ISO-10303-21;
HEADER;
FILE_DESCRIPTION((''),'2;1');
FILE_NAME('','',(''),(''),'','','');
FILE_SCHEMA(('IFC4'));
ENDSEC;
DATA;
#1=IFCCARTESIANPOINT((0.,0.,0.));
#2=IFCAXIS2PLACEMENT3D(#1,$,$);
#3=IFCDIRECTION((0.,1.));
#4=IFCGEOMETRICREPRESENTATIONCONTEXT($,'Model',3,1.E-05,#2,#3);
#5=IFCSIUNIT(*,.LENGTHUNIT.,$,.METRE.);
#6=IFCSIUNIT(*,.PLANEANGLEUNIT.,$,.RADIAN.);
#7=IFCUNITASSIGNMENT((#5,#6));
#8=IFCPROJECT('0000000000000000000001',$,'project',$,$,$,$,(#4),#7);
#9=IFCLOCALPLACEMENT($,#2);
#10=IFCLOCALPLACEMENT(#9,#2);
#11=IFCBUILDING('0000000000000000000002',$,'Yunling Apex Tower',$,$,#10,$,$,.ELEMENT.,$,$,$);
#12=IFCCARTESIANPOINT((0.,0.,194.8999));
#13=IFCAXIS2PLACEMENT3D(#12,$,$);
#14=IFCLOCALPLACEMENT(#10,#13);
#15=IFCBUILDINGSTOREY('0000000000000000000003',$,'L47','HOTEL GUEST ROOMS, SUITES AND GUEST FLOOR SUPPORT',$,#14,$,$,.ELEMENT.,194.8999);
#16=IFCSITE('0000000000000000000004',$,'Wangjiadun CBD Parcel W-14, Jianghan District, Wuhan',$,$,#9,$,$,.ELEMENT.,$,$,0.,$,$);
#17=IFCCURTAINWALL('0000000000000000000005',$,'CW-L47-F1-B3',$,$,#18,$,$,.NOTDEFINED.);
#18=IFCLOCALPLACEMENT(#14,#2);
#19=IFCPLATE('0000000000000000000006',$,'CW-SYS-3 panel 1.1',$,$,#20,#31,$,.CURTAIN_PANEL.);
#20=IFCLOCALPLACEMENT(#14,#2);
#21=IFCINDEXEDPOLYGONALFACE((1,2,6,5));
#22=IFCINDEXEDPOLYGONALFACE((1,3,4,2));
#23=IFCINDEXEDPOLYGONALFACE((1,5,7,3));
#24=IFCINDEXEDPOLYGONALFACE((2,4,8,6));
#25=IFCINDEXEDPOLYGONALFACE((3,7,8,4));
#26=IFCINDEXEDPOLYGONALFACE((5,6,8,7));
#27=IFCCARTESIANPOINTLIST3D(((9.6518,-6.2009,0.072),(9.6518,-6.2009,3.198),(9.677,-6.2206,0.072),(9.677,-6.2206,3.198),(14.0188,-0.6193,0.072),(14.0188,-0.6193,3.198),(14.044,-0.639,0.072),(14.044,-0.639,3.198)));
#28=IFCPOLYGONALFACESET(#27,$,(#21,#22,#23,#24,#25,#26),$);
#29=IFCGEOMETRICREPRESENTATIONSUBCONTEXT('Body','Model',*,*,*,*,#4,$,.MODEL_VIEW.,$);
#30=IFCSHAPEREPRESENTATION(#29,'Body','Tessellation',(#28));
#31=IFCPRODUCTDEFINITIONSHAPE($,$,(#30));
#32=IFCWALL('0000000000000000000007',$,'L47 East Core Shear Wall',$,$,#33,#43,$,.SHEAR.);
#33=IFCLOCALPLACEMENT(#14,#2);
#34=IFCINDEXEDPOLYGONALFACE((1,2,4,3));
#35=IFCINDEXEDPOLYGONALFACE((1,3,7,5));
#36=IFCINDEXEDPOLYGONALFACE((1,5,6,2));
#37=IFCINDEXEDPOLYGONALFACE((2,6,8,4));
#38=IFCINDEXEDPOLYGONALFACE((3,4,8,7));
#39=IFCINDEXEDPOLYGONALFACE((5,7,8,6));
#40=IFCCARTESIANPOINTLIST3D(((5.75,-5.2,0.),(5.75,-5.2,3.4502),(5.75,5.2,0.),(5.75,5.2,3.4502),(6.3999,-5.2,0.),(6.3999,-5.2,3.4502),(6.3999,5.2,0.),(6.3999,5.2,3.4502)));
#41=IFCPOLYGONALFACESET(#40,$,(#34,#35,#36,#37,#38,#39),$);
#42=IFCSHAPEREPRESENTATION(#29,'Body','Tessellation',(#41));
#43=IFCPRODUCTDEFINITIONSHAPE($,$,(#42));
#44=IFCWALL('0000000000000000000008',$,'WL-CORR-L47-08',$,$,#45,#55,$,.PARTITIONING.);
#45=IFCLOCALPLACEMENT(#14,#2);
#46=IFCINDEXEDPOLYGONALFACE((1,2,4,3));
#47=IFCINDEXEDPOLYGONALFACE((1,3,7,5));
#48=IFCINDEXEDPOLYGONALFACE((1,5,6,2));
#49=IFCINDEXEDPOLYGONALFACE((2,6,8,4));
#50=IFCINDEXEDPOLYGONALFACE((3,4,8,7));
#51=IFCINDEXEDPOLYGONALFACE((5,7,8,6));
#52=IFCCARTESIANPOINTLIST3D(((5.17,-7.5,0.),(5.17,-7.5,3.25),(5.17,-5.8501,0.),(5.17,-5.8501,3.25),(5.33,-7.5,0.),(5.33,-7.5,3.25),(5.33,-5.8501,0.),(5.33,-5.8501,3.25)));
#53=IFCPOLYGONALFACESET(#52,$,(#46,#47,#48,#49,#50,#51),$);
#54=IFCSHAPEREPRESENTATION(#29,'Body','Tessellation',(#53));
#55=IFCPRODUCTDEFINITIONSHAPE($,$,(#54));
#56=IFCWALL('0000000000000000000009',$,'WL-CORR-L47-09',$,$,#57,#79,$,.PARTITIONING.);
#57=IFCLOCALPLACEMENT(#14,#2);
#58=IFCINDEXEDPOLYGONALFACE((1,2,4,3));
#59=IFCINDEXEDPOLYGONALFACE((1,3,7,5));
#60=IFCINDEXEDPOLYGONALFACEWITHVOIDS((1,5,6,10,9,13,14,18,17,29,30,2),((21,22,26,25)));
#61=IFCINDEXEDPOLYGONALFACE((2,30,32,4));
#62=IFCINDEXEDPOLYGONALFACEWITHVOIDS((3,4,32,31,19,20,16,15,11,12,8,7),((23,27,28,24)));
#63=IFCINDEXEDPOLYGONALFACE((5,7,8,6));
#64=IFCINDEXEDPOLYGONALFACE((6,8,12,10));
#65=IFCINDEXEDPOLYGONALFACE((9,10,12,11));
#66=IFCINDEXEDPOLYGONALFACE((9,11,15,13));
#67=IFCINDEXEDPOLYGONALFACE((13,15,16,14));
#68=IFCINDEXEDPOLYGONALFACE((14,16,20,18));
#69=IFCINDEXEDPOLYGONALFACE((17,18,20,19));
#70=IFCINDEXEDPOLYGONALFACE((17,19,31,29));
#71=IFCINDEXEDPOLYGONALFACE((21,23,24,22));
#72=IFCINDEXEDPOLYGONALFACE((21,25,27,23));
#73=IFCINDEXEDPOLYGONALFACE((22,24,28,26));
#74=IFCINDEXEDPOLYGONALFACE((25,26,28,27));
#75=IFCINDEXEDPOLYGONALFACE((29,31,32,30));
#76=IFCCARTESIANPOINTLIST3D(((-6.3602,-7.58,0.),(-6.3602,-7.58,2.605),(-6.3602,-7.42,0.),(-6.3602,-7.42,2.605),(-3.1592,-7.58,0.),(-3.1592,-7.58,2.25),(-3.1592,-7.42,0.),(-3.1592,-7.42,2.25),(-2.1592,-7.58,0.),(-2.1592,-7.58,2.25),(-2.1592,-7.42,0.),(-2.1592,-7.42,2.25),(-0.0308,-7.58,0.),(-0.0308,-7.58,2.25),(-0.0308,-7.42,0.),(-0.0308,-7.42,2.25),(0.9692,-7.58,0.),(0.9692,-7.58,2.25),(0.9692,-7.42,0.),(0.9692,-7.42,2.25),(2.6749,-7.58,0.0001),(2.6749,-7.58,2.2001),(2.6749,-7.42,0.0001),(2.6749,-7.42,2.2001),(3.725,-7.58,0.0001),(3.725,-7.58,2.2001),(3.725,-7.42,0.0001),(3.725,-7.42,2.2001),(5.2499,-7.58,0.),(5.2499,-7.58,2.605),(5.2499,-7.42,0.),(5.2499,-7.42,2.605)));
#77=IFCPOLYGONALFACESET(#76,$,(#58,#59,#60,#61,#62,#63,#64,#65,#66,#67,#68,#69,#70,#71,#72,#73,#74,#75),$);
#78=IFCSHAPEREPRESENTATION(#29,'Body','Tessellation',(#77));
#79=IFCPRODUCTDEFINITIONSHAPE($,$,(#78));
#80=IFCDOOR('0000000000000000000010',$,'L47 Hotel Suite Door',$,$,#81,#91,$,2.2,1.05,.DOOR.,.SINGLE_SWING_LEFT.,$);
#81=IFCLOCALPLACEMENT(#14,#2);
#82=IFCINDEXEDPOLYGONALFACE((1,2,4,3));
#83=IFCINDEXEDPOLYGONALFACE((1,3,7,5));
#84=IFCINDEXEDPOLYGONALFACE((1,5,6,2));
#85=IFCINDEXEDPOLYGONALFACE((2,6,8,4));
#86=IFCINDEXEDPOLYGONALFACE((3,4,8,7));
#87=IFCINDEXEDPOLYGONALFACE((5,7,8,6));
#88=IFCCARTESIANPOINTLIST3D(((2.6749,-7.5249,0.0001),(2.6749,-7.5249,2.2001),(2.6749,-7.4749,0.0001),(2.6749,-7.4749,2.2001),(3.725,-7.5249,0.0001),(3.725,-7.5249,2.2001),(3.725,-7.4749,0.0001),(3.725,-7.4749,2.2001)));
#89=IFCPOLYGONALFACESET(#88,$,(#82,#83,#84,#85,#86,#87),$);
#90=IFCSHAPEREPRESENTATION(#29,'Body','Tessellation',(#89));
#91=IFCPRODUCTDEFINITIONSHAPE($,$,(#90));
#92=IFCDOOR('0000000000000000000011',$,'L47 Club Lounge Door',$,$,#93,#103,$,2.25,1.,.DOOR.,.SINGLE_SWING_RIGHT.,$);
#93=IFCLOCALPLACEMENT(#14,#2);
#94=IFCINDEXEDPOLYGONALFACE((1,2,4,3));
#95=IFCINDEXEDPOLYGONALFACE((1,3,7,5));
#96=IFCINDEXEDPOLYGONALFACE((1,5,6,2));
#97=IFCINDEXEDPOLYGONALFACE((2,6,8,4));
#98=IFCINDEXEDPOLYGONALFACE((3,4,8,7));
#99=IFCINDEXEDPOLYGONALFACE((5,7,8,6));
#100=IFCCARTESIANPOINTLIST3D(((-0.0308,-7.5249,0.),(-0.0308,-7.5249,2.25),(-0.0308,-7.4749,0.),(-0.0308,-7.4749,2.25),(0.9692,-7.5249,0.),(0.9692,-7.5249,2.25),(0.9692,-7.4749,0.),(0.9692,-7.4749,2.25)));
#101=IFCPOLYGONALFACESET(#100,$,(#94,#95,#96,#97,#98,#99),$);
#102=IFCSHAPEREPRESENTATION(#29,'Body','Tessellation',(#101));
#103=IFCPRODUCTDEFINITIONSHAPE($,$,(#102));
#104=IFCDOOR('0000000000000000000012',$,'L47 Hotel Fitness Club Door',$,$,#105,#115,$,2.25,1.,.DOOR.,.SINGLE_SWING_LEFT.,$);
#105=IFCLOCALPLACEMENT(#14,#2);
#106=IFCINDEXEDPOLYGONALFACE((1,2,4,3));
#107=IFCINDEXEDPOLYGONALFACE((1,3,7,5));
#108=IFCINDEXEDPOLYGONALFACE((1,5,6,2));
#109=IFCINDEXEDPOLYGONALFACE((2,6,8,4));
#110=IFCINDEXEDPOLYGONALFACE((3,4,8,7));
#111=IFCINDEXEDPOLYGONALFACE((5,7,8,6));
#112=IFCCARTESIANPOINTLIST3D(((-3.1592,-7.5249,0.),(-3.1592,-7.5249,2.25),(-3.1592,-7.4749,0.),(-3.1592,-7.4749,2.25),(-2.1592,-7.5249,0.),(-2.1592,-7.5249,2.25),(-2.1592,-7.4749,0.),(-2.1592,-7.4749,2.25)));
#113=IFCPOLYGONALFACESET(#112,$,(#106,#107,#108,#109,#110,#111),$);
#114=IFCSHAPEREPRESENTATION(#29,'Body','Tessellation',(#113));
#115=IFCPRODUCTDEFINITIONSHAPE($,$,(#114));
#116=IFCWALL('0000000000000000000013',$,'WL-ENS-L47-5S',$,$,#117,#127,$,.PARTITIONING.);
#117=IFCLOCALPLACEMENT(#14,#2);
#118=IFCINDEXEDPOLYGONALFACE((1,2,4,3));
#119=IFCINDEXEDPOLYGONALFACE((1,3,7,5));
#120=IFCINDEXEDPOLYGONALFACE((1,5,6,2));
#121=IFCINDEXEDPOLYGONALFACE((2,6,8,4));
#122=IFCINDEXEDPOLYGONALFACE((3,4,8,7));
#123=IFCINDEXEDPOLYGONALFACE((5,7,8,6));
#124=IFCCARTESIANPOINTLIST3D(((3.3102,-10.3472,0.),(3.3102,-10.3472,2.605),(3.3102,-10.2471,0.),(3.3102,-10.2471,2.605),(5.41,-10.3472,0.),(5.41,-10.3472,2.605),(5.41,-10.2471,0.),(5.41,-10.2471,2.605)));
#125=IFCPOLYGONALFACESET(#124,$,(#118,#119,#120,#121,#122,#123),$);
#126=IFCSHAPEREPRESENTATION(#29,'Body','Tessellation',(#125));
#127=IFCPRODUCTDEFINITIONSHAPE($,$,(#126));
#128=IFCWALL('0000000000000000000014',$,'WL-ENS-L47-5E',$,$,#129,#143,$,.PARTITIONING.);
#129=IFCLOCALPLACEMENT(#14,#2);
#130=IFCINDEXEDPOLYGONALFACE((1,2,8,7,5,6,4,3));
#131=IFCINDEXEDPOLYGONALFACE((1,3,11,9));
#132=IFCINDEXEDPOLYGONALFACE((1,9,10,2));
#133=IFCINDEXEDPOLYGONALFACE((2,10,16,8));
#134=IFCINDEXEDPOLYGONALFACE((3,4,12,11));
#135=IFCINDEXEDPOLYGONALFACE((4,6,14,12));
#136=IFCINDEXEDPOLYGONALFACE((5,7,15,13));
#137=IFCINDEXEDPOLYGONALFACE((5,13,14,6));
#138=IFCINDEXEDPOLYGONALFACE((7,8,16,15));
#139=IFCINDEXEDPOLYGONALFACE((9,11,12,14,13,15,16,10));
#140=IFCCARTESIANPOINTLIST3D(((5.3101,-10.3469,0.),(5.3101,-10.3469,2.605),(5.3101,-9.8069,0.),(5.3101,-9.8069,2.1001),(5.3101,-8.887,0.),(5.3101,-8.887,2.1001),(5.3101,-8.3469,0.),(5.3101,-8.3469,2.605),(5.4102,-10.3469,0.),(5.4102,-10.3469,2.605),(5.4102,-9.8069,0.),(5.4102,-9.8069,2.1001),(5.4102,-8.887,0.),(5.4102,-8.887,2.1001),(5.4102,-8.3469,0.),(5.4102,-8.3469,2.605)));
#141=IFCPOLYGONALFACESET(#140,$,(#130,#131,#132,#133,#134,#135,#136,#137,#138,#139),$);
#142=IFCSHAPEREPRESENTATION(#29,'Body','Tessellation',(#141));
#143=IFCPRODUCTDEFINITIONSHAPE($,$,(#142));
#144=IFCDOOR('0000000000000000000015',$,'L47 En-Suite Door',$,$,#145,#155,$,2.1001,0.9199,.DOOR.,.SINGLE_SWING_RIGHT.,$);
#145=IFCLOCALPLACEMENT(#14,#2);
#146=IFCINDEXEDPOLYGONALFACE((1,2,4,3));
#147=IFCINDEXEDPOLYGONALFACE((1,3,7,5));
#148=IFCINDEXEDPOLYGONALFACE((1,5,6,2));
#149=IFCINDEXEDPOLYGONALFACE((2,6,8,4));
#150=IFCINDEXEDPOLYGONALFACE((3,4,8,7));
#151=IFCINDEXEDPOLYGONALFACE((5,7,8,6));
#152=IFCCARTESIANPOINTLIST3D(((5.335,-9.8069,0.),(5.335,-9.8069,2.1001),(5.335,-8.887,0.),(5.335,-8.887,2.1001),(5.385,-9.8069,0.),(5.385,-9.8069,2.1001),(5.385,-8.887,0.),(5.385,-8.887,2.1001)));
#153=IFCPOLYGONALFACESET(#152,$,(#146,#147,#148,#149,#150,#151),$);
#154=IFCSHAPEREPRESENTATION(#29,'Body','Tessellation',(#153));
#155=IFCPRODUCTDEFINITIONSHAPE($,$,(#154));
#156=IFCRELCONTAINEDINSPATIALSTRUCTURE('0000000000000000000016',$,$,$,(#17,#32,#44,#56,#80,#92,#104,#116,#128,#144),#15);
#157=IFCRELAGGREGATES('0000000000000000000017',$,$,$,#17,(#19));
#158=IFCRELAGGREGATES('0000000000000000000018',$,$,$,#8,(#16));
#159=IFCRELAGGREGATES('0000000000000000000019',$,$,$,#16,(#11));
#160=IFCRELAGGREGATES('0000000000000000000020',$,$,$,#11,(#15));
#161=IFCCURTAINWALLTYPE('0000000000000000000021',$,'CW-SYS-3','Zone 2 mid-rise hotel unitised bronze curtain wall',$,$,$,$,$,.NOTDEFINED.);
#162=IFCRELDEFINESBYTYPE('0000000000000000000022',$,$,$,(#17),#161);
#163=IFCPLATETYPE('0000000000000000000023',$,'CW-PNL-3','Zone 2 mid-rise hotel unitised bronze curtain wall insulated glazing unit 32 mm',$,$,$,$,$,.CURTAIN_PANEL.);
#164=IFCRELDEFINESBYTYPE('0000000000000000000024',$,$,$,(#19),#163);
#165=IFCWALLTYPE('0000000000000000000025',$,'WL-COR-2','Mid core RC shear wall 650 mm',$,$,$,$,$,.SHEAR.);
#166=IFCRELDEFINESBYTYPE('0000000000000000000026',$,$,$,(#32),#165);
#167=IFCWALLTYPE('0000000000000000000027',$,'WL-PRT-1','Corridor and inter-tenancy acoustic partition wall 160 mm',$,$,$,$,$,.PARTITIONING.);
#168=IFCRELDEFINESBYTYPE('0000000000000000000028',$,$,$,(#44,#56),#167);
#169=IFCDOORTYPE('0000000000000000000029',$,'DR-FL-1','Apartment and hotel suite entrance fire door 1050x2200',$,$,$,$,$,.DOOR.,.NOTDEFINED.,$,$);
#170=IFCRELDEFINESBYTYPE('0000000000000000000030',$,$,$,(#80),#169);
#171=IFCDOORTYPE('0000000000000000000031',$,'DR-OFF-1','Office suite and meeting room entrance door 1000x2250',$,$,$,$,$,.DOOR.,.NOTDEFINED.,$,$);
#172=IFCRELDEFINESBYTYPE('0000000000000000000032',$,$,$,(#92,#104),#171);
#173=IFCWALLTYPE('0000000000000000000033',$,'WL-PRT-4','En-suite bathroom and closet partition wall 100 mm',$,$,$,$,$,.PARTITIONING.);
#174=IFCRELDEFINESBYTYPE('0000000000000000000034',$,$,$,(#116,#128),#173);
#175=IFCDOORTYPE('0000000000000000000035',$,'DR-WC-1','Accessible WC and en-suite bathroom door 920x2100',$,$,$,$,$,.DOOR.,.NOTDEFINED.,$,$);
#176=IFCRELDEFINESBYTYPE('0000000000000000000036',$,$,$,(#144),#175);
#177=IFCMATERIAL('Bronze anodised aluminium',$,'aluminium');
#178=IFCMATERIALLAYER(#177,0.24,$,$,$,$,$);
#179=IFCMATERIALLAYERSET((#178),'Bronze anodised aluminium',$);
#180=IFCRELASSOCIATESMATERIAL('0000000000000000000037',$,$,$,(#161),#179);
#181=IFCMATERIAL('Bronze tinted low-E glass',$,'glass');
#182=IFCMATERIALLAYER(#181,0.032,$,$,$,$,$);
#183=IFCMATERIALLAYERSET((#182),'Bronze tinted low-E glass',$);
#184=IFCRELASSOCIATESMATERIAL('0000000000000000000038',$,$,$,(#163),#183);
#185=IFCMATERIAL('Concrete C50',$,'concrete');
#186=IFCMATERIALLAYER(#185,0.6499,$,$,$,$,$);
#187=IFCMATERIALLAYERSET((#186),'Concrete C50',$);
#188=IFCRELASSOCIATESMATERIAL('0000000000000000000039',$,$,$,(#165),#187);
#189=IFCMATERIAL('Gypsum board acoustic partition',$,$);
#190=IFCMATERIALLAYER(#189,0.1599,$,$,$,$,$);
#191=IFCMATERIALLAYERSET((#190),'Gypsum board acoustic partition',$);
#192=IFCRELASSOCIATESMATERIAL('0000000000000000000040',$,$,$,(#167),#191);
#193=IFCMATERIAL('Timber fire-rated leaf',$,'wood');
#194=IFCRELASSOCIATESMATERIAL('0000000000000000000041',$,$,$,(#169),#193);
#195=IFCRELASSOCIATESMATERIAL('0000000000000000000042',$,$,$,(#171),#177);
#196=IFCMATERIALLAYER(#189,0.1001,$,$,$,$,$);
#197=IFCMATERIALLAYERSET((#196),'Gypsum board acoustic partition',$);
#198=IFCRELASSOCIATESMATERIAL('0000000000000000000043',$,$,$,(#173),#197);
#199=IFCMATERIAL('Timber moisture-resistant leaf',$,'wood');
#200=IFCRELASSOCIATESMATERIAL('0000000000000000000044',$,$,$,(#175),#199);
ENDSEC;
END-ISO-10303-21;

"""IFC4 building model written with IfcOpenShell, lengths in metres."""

from ifc_helpers import new_model, si_unit, direction, frame, frame_2d, origin, origin_2d, place, context, subcontext, project, spatial, rectangle, extrude, source, transform, mapped, material, layer, layer_set, type_object, element, fill, aggregate, save


model = new_model("IFC4")

# Units and contexts
model_context = context("Model", 3, precision=1e-05, world=origin(), true_north=direction((0.0, 1.0)))
body_context = subcontext(model_context, "Body", "Model", "MODEL_VIEW")
ifc_project = project(units=[si_unit("LENGTHUNIT", "METRE"), si_unit("PLANEANGLEUNIT", "RADIAN")], contexts=[model_context])

# Site, building, storey
site_placement = place(None, origin())
site = spatial("IfcSite", under=ifc_project, at=site_placement, Name="Wangjiadun CBD Parcel W-14, Jianghan District, Wuhan", CompositionType="ELEMENT", RefElevation=0.0)
building_placement = place(site_placement, origin())
building = spatial("IfcBuilding", under=site, at=building_placement, Name="Yunling Apex Tower", CompositionType="ELEMENT")
storey_placement = place(building_placement, frame((0.0, 0.0, 194.8999)))
storey = spatial("IfcBuildingStorey", under=building, at=storey_placement, Name="L47", Description="HOTEL GUEST ROOMS, SUITES AND GUEST FLOOR SUPPORT", CompositionType="ELEMENT", Elevation=194.8999)

# Shared definitions
ifc_material_1 = material(Name="Concrete C50", Category="concrete")

# Shared definitions
ifc_material_2 = material(Name="Bronze anodised aluminium", Category="aluminium")
ifc_layer_1 = layer(ifc_material_2, 0.24)
ifc_layer_set_1 = layer_set([ifc_layer_1], Name="Bronze anodised aluminium")
curtain_wall_type = type_object("IfcCurtainWallType", Name="CW-SYS-3", Description="Zone 2 mid-rise hotel unitised bronze curtain wall", PredefinedType="NOTDEFINED", material=ifc_layer_set_1)

# Curtain wall
curtain_wall_1_placement = place(storey_placement, origin())
curtain_wall_1 = element("IfcCurtainWall", 1, at=curtain_wall_1_placement, inside=storey, type_object=curtain_wall_type, Name="CW-L47-F1-B3", PredefinedType="NOTDEFINED")

# Plate
ifc_material_3 = material(Name="Bronze tinted low-E glass", Category="glass")
ifc_layer_2 = layer(ifc_material_3, 0.032)
ifc_layer_set_2 = layer_set([ifc_layer_2], Name="Bronze tinted low-E glass")
plate_type = type_object("IfcPlateType", Name="CW-PNL-3", Description="Zone 2 mid-rise hotel unitised bronze curtain wall insulated glazing unit 32 mm", PredefinedType="CURTAIN_PANEL", material=ifc_layer_set_2)
shared_shape_1 = source(origin(), body_context, "Body", "SweptSolid", [
    extrude(rectangle(XDim=7.0869, YDim=0.032, at=origin_2d()), origin(), (0.0, 0.0, 1.0), 3.126),
])
plate_1_placement = place(storey_placement, frame((11.8479, -3.4199, 0.072), z_axis=(0.0, 0.0, 1.0), x_axis=(0.6162, 0.787589, 0.0)))
plate_1 = element("IfcPlate", 2, at=plate_1_placement, type_object=plate_type, Name="CW-SYS-3 panel 1.1", PredefinedType="CURTAIN_PANEL", context=body_context, shape_type="MappedRepresentation", body=[
    mapped(shared_shape_1, transform((0.0, 0.0, 0.0), scale=1.0)),
])
aggregate(curtain_wall_1, [plate_1])

# Walls
ifc_layer_3 = layer(ifc_material_1, 0.6499)
ifc_layer_set_3 = layer_set([ifc_layer_3], Name="Concrete C50")
wall_type_1 = type_object("IfcWallType", Name="WL-COR-2", Description="Mid core RC shear wall 650 mm", PredefinedType="SHEAR", material=ifc_layer_set_3)
wall_1_placement = place(storey_placement, frame((6.075, -5.2, 0.0), z_axis=(0.0, 0.0, 1.0), x_axis=(0.0, 1.0, 0.0)))
element("IfcWall", 3, at=wall_1_placement, inside=storey, type_object=wall_type_1, Name="L47 East Core Shear Wall", PredefinedType="SHEAR", context=body_context, shape_type="SweptSolid", body=[
    extrude(rectangle(XDim=10.3999, YDim=0.6499, at=frame_2d((5.2, 0.0))), origin(), (0.0, 0.0, 1.0), 3.4502),
])
ifc_material_4 = material(Name="Gypsum board acoustic partition")
ifc_layer_4 = layer(ifc_material_4, 0.1599)
ifc_layer_set_4 = layer_set([ifc_layer_4], Name="Gypsum board acoustic partition")
wall_type_2 = type_object("IfcWallType", Name="WL-PRT-1", Description="Corridor and inter-tenancy acoustic partition wall 160 mm", PredefinedType="PARTITIONING", material=ifc_layer_set_4)
wall_2_placement = place(storey_placement, frame((5.25, -5.8501, 0.0), z_axis=(0.0, 0.0, 1.0), x_axis=(0.0, -1.0, 0.0)))
element("IfcWall", 4, at=wall_2_placement, inside=storey, type_object=wall_type_2, Name="WL-CORR-L47-08", PredefinedType="PARTITIONING", context=body_context, shape_type="SweptSolid", body=[
    extrude(rectangle(XDim=1.6499, YDim=0.1599, at=frame_2d((0.825, 0.0))), origin(), (0.0, 0.0, 1.0), 3.25),
])

# Wall, openings, doors
wall_3_placement = place(storey_placement, frame((5.25, -7.5, 0.0), z_axis=(0.0, 0.0, 1.0), x_axis=(-1.0, 0.0, 0.0)))
wall_3 = element("IfcWall", 5, at=wall_3_placement, inside=storey, type_object=wall_type_2, Name="WL-CORR-L47-09", PredefinedType="PARTITIONING", context=body_context, shape_type="SweptSolid", body=[
    extrude(rectangle(XDim=11.6101, YDim=0.1599, at=frame_2d((5.8052, 0.0))), origin(), (0.0, 0.0, 1.0), 2.605),
])
opening_1_placement = place(wall_3_placement, frame((1.5251, 0.0, 0.0)))
opening_1 = element("IfcOpeningElement", 6, at=opening_1_placement, cuts=wall_3, PredefinedType="OPENING", context=body_context, shape_type="SweptSolid", body=[
    extrude(rectangle(XDim=1.05, YDim=2.2, at=frame_2d((0.5249, 1.1001))), frame((0.0, 0.0898, 0.0), z_axis=(0.0, -1.0, 0.0), x_axis=(1.0, 0.0, 0.0)), (0.0, 0.0, 1.0), 0.1799),
])
opening_2_placement = place(wall_3_placement, frame((4.2808, 0.0, 0.0)))
opening_2 = element("IfcOpeningElement", 7, at=opening_2_placement, cuts=wall_3, PredefinedType="OPENING", context=body_context, shape_type="SweptSolid", body=[
    extrude(rectangle(XDim=1.0, YDim=2.25, at=frame_2d((0.5, 1.125))), frame((0.0, 0.0898, 0.0), z_axis=(0.0, -1.0, 0.0), x_axis=(1.0, 0.0, 0.0)), (0.0, 0.0, 1.0), 0.1799),
])
opening_3_placement = place(wall_3_placement, frame((7.4092, 0.0, 0.0)))
opening_3 = element("IfcOpeningElement", 8, at=opening_3_placement, cuts=wall_3, PredefinedType="OPENING", context=body_context, shape_type="SweptSolid", body=[
    extrude(rectangle(XDim=1.0, YDim=2.25, at=frame_2d((0.5, 1.125))), frame((0.0, 0.0898, 0.0), z_axis=(0.0, -1.0, 0.0), x_axis=(1.0, 0.0, 0.0)), (0.0, 0.0, 1.0), 0.1799),
])
ifc_material_5 = material(Name="Timber fire-rated leaf", Category="wood")
door_type_1 = type_object("IfcDoorType", Name="DR-FL-1", Description="Apartment and hotel suite entrance fire door 1050x2200", OperationType="NOTDEFINED", PredefinedType="DOOR", material=ifc_material_5)
door_1_placement = place(opening_1_placement, origin())
door_1 = element("IfcDoor", 9, at=door_1_placement, inside=storey, type_object=door_type_1, Name="L47 Hotel Suite Door", OperationType="SINGLE_SWING_LEFT", OverallHeight=2.2, OverallWidth=1.05, PredefinedType="DOOR", context=body_context, shape_type="SweptSolid", body=[
    extrude(rectangle(XDim=1.05, YDim=2.2, at=frame_2d((0.5249, 1.1001))), frame((0.0, 0.0249, 0.0), z_axis=(0.0, -1.0, 0.0), x_axis=(1.0, 0.0, 0.0)), (0.0, 0.0, 1.0), 0.05),
])
fill(opening_1, door_1)
door_type_2 = type_object("IfcDoorType", Name="DR-OFF-1", Description="Office suite and meeting room entrance door 1000x2250", OperationType="NOTDEFINED", PredefinedType="DOOR", material=ifc_material_2)
door_2_placement = place(opening_2_placement, origin())
door_2 = element("IfcDoor", 10, at=door_2_placement, inside=storey, type_object=door_type_2, Name="L47 Club Lounge Door", OperationType="SINGLE_SWING_RIGHT", OverallHeight=2.25, OverallWidth=1.0, PredefinedType="DOOR", context=body_context, shape_type="SweptSolid", body=[
    extrude(rectangle(XDim=1.0, YDim=2.25, at=frame_2d((0.5, 1.125))), frame((0.0, 0.0249, 0.0), z_axis=(0.0, -1.0, 0.0), x_axis=(1.0, 0.0, 0.0)), (0.0, 0.0, 1.0), 0.05),
])
fill(opening_2, door_2)
door_3_placement = place(opening_3_placement, origin())
door_3 = element("IfcDoor", 11, at=door_3_placement, inside=storey, type_object=door_type_2, Name="L47 Hotel Fitness Club Door", OperationType="SINGLE_SWING_LEFT", OverallHeight=2.25, OverallWidth=1.0, PredefinedType="DOOR", context=body_context, shape_type="SweptSolid", body=[
    extrude(rectangle(XDim=1.0, YDim=2.25, at=frame_2d((0.5, 1.125))), frame((0.0, 0.0249, 0.0), z_axis=(0.0, -1.0, 0.0), x_axis=(1.0, 0.0, 0.0)), (0.0, 0.0, 1.0), 0.05),
])
fill(opening_3, door_3)

# Wall
ifc_layer_5 = layer(ifc_material_4, 0.1001)
ifc_layer_set_5 = layer_set([ifc_layer_5], Name="Gypsum board acoustic partition")
wall_type_3 = type_object("IfcWallType", Name="WL-PRT-4", Description="En-suite bathroom and closet partition wall 100 mm", PredefinedType="PARTITIONING", material=ifc_layer_set_5)
wall_4_placement = place(storey_placement, frame((5.4099, -10.2971, 0.0), z_axis=(0.0, 0.0, 1.0), x_axis=(-1.0, 0.0, 0.0)))
element("IfcWall", 12, at=wall_4_placement, inside=storey, type_object=wall_type_3, Name="WL-ENS-L47-5S", PredefinedType="PARTITIONING", context=body_context, shape_type="SweptSolid", body=[
    extrude(rectangle(XDim=2.0999, YDim=0.1001, at=frame_2d((1.0498, 0.0))), origin(), (0.0, 0.0, 1.0), 2.605),
])

# Wall, opening, door
wall_5_placement = place(storey_placement, frame((5.3601, -8.3469, 0.0), z_axis=(0.0, 0.0, 1.0), x_axis=(0.0, -1.0, 0.0)))
wall_5 = element("IfcWall", 13, at=wall_5_placement, inside=storey, type_object=wall_type_3, Name="WL-ENS-L47-5E", PredefinedType="PARTITIONING", context=body_context, shape_type="SweptSolid", body=[
    extrude(rectangle(XDim=2.0, YDim=0.1001, at=frame_2d((1.0, 0.0))), origin(), (0.0, 0.0, 1.0), 2.605),
])
opening_4_placement = place(wall_5_placement, frame((0.54, 0.0, 0.0)))
opening_4 = element("IfcOpeningElement", 14, at=opening_4_placement, cuts=wall_5, PredefinedType="OPENING", context=body_context, shape_type="SweptSolid", body=[
    extrude(rectangle(XDim=0.9199, YDim=2.1001, at=frame_2d((0.46, 1.05))), frame((0.0, 0.0601, 0.0), z_axis=(0.0, -1.0, 0.0), x_axis=(1.0, 0.0, 0.0)), (0.0, 0.0, 1.0), 0.1201),
])
ifc_material_6 = material(Name="Timber moisture-resistant leaf", Category="wood")
door_type_3 = type_object("IfcDoorType", Name="DR-WC-1", Description="Accessible WC and en-suite bathroom door 920x2100", OperationType="NOTDEFINED", PredefinedType="DOOR", material=ifc_material_6)
door_4_placement = place(opening_4_placement, origin())
door_4 = element("IfcDoor", 15, at=door_4_placement, inside=storey, type_object=door_type_3, Name="L47 En-Suite Door", OperationType="SINGLE_SWING_RIGHT", OverallHeight=2.1001, OverallWidth=0.9199, PredefinedType="DOOR", context=body_context, shape_type="SweptSolid", body=[
    extrude(rectangle(XDim=0.9199, YDim=2.1001, at=frame_2d((0.46, 1.05))), frame((0.0, 0.0249, 0.0), z_axis=(0.0, -1.0, 0.0), x_axis=(1.0, 0.0, 0.0)), (0.0, 0.0, 1.0), 0.05),
])
fill(opening_4, door_4)

save(model, "model.ifc")
